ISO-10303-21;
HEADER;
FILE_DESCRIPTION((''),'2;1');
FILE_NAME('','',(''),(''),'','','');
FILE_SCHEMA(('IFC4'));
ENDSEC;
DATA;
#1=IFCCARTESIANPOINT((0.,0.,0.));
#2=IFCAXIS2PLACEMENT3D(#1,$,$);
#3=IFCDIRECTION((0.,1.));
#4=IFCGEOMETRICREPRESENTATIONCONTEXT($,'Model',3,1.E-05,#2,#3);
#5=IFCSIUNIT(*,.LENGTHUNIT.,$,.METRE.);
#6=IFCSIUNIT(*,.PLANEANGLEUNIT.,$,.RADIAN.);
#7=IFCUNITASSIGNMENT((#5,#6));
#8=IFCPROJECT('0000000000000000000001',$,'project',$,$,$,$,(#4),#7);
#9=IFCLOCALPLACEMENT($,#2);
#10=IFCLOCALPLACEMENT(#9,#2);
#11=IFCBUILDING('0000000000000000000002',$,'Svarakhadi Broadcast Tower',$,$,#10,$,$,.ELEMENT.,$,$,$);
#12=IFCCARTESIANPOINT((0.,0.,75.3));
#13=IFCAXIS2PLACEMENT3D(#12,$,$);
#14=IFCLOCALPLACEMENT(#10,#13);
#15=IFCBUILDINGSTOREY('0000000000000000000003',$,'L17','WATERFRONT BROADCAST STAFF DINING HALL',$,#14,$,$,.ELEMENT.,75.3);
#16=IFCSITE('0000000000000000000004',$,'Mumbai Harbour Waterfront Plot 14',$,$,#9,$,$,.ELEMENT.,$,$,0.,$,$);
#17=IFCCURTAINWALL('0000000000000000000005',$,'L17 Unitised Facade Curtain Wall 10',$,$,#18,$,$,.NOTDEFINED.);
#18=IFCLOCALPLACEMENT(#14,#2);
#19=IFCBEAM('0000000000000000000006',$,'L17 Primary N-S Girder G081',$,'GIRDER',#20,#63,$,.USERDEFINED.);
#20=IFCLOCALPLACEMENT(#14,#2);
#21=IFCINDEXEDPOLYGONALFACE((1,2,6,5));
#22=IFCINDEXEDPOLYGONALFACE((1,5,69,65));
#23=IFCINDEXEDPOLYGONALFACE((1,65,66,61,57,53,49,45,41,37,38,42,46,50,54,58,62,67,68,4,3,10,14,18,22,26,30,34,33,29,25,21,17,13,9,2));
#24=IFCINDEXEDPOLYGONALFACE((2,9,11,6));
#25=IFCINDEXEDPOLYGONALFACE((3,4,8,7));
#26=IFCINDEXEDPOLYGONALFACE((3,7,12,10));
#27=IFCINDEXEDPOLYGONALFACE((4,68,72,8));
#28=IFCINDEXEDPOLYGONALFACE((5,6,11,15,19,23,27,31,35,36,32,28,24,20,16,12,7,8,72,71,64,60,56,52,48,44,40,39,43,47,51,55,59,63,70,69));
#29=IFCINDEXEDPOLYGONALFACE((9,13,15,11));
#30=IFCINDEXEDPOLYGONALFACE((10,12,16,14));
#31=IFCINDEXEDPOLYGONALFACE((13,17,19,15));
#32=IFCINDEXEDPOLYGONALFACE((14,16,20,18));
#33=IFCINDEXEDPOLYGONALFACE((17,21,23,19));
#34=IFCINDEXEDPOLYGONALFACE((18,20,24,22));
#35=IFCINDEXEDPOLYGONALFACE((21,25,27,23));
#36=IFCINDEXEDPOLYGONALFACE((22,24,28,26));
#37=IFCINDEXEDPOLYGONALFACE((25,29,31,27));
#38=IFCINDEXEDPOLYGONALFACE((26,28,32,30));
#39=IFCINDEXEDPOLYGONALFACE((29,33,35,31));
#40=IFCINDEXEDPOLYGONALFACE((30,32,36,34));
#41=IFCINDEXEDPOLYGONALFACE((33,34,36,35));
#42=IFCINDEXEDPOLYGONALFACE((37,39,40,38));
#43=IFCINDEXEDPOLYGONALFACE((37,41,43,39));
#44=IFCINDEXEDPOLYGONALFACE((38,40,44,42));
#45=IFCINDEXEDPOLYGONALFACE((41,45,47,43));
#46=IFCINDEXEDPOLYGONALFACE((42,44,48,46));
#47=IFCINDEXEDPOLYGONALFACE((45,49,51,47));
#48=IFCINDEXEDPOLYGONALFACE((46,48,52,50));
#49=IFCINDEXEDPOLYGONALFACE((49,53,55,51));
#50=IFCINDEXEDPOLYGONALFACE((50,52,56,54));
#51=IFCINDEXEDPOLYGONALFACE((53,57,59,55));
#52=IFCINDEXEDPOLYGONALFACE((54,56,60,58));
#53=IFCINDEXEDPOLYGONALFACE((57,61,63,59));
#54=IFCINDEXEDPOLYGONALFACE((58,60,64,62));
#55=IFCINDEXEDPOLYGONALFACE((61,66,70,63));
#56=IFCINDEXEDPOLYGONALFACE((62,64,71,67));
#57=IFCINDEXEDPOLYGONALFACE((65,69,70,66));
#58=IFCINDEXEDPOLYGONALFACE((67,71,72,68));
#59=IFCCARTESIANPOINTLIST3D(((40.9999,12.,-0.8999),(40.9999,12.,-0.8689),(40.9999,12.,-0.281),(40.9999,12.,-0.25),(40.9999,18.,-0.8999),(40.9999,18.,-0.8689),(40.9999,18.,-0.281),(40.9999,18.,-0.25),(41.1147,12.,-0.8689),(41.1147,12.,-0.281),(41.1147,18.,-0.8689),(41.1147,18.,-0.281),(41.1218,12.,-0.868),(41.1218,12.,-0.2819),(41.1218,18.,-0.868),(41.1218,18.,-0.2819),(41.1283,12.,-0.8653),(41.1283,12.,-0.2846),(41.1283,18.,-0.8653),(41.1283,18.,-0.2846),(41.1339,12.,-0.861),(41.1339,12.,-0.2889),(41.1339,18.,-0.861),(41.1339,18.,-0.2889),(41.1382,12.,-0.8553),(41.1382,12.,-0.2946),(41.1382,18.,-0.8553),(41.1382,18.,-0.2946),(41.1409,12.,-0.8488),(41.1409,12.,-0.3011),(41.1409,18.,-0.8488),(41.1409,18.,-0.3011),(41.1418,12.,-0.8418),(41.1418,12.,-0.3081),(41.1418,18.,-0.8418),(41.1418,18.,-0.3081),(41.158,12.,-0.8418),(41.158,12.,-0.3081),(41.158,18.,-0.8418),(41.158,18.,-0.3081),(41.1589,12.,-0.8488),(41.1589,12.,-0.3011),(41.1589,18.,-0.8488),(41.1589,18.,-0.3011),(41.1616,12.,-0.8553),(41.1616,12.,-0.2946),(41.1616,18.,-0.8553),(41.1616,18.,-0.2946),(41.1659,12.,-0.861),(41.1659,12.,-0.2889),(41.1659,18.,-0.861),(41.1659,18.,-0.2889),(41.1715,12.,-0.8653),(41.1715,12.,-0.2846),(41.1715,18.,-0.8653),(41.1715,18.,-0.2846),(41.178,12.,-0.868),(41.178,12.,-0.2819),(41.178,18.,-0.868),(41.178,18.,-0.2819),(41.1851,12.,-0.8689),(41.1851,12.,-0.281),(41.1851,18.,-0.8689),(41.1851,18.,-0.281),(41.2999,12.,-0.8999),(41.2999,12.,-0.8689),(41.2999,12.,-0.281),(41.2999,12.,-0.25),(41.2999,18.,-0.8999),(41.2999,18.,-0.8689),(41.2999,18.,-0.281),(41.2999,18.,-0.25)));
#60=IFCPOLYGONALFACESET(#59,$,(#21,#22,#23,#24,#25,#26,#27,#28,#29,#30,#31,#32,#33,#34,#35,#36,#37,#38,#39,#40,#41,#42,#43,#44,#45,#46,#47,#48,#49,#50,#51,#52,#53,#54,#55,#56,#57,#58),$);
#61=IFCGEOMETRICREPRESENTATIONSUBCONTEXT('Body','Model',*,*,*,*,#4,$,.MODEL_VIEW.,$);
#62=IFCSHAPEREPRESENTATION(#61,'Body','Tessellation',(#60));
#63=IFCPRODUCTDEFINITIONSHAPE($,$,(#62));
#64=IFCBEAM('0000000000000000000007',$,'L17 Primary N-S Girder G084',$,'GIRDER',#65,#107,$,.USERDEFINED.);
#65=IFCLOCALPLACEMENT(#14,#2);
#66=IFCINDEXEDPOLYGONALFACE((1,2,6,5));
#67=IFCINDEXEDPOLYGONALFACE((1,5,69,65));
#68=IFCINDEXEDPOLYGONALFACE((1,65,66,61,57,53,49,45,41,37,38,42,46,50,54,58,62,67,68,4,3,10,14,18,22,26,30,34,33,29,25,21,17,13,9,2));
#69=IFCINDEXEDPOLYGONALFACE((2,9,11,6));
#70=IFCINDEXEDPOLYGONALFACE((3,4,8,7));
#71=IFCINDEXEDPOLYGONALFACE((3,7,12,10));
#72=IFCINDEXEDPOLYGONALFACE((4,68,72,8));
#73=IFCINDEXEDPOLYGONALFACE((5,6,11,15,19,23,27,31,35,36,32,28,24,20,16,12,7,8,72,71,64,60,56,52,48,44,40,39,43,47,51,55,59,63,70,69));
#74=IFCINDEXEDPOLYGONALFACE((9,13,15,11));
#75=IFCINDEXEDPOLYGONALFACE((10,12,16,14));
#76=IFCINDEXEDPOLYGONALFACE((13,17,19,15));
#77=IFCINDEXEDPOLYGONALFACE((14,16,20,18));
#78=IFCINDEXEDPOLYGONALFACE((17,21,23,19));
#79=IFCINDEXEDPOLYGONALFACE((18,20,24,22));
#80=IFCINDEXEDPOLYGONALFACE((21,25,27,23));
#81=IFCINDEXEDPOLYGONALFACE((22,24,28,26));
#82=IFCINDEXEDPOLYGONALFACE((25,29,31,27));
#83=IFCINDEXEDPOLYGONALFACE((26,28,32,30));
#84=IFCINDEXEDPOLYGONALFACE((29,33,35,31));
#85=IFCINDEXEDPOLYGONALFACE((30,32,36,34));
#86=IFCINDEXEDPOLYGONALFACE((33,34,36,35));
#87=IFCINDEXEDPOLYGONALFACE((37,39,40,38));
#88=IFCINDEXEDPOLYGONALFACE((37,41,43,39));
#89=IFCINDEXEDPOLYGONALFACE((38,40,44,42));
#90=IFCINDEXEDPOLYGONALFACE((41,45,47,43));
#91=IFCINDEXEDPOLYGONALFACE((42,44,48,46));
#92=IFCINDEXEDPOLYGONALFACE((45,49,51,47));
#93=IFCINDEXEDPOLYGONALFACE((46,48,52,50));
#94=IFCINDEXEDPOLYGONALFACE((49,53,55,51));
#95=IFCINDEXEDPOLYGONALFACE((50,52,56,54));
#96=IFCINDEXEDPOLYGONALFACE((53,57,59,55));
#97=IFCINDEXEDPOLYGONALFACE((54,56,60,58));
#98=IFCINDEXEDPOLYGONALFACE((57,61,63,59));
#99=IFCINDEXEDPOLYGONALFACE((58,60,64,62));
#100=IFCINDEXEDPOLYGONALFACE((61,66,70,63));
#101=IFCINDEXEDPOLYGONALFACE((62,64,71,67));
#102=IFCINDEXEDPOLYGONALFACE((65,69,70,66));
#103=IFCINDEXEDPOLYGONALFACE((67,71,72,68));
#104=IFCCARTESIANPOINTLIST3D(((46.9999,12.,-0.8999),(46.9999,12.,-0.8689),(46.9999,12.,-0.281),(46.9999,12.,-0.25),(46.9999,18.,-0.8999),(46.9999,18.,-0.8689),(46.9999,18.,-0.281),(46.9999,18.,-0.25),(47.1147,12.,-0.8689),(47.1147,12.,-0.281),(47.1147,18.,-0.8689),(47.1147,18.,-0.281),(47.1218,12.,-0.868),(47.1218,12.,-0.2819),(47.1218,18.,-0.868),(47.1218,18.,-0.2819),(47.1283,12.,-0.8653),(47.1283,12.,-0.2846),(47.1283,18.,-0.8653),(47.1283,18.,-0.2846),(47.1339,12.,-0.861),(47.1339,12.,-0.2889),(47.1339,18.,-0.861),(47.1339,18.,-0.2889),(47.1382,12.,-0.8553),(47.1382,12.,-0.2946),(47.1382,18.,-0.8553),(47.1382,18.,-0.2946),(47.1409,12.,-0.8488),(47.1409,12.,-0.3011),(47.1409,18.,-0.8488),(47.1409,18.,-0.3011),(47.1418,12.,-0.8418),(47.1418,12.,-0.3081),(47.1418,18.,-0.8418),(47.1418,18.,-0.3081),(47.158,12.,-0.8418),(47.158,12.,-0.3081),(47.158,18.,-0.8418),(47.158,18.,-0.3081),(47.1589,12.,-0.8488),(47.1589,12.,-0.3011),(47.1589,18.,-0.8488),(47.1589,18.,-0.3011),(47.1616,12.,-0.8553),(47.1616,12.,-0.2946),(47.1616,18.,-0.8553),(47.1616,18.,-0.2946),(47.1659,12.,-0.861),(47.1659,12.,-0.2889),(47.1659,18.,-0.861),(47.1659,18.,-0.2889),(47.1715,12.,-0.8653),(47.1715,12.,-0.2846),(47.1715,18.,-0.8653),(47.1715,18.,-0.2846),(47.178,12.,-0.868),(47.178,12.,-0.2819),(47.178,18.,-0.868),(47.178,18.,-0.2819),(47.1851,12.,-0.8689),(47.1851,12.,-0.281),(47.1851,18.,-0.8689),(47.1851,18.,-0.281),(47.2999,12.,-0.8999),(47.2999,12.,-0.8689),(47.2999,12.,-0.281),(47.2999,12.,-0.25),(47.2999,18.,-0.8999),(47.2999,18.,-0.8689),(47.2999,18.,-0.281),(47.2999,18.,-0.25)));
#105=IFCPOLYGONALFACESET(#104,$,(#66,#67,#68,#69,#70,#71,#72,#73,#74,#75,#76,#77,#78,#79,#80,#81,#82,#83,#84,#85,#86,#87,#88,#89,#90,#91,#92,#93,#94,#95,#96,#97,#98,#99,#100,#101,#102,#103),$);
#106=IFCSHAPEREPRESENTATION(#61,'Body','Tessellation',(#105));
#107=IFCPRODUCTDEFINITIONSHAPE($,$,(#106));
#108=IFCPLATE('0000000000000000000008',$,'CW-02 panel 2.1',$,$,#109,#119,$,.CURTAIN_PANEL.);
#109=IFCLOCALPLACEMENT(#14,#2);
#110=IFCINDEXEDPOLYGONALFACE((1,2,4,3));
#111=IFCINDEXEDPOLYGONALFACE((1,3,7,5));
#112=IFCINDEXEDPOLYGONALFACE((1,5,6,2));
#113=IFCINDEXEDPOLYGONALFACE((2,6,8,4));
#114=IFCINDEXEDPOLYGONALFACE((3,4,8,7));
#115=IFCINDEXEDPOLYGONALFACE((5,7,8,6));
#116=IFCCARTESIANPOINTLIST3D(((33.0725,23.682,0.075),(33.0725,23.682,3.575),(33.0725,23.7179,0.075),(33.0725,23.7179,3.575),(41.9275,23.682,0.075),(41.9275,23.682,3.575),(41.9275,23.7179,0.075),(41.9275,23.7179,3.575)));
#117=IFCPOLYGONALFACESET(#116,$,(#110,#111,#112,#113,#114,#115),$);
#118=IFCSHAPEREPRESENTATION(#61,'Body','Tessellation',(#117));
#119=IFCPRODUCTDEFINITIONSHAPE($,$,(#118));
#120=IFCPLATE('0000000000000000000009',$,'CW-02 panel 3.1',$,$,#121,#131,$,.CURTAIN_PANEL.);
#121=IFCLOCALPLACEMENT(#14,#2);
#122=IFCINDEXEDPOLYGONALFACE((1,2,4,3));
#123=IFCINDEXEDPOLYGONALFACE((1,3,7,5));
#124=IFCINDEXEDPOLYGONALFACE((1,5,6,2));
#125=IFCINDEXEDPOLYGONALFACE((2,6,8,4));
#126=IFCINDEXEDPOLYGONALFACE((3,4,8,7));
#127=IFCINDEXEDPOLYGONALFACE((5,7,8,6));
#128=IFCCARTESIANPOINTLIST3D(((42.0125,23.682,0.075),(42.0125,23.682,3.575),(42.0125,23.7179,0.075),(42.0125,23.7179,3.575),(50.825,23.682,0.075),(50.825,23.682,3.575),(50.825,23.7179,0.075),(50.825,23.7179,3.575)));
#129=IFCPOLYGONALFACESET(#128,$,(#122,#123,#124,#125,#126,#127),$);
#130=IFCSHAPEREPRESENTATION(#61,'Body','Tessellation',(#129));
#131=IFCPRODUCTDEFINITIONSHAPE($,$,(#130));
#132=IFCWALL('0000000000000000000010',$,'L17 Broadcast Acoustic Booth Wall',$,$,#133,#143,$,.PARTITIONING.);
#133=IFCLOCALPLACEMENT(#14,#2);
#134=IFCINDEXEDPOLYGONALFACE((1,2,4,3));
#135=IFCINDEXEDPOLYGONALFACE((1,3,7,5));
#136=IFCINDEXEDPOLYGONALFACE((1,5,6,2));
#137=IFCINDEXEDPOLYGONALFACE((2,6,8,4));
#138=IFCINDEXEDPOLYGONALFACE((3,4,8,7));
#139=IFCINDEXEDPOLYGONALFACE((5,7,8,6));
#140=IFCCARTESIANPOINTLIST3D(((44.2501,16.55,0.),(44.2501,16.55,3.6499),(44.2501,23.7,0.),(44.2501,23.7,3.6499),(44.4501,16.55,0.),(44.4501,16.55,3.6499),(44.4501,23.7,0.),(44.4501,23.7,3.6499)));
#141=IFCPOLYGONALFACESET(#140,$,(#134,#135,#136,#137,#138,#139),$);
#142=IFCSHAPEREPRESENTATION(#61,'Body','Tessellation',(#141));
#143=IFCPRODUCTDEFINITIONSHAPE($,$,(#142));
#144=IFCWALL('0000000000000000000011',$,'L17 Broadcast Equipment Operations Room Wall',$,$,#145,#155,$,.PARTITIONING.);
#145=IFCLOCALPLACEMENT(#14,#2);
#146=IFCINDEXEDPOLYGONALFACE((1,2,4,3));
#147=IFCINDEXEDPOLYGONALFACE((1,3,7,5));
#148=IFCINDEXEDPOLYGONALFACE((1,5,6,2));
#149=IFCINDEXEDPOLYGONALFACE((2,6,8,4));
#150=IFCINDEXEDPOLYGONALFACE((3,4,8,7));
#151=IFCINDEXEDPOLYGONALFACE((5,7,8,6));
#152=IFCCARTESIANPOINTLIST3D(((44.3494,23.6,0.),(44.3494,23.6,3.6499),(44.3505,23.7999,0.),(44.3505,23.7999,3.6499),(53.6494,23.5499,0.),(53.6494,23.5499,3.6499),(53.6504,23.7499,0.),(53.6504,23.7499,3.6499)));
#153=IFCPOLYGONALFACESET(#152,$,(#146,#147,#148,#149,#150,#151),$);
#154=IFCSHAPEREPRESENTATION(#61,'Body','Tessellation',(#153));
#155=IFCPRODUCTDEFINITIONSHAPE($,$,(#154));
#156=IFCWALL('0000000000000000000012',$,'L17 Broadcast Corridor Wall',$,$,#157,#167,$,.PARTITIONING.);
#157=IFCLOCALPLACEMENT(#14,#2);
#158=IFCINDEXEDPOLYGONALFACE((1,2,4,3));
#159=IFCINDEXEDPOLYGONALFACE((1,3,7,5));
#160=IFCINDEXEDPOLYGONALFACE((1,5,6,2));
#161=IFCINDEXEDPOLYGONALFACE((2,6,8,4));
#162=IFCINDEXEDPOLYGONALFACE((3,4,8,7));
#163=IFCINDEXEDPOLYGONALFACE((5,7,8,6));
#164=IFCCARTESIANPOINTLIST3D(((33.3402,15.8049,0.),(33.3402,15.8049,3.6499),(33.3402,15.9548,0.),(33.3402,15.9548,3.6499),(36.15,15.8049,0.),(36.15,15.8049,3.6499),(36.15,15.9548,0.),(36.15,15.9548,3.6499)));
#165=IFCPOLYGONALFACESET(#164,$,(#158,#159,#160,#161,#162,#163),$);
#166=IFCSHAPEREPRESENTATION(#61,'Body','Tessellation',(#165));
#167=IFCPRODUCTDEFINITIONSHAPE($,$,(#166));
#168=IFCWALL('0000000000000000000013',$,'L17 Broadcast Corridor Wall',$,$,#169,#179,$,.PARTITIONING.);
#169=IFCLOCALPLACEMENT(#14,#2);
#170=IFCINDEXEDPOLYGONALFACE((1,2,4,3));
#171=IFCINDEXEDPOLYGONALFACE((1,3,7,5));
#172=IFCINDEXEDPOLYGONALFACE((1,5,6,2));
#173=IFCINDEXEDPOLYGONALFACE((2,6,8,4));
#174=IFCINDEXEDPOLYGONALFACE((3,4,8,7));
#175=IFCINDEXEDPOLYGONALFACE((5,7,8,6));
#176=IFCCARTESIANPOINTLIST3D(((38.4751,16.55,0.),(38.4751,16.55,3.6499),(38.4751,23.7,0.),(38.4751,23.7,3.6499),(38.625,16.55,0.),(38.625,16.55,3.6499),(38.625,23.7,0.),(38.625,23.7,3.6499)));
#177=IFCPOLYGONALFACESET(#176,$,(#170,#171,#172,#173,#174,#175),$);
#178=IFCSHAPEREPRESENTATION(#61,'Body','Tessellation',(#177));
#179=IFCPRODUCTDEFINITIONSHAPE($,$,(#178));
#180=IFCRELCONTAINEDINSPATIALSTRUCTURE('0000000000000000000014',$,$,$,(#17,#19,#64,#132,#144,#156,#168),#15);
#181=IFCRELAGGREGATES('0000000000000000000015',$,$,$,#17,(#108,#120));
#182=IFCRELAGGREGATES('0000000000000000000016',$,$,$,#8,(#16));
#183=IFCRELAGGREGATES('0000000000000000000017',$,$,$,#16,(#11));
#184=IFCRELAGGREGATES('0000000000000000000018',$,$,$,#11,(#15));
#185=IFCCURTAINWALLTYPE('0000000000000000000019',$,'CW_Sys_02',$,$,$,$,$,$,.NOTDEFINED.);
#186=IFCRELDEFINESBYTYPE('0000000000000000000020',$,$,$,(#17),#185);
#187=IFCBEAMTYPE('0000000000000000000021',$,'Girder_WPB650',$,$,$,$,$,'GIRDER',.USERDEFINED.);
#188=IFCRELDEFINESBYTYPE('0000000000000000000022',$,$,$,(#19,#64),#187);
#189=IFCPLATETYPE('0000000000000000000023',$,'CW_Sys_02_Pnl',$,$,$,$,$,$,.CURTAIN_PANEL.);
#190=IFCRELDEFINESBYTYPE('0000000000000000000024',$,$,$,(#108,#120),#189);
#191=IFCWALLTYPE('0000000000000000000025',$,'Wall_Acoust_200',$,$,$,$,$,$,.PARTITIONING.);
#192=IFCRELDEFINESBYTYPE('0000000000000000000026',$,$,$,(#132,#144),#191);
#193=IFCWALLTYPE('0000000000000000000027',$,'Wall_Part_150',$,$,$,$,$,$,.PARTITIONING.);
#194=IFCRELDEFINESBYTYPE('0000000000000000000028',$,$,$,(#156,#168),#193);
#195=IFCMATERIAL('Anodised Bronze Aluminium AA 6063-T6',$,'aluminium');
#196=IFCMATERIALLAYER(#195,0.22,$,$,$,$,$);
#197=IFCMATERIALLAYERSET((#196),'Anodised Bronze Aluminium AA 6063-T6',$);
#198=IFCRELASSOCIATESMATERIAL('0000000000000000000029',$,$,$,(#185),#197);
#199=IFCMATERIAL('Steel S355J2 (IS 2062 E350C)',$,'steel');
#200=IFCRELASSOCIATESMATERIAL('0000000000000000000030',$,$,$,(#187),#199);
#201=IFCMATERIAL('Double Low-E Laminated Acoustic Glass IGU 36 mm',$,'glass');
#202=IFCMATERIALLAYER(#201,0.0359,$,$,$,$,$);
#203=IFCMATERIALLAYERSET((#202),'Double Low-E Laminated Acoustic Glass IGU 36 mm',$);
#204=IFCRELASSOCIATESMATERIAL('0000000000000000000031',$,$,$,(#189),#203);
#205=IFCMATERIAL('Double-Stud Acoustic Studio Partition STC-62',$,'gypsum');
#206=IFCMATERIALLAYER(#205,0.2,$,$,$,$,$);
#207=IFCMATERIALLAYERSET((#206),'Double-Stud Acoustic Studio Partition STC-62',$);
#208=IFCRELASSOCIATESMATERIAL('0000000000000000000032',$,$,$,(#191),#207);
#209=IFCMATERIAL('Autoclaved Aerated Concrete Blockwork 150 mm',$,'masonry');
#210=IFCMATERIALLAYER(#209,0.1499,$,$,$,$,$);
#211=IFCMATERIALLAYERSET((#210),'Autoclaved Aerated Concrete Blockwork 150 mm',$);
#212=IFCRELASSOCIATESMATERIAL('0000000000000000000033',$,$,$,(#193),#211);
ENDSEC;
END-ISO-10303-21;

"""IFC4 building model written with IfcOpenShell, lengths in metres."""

from ifc_helpers import new_model, si_unit, direction, frame, frame_2d, origin, origin_2d, place, context, subcontext, project, spatial, rectangle, i_section, extrude, material, layer, layer_set, material_profile, profile_set, type_object, element, aggregate, save


model = new_model("IFC4")

# Units and contexts
model_context = context("Model", 3, precision=1e-05, world=origin(), true_north=direction((0.0, 1.0)))
body_context = subcontext(model_context, "Body", "Model", "MODEL_VIEW")
ifc_project = project(units=[si_unit("LENGTHUNIT", "METRE"), si_unit("PLANEANGLEUNIT", "RADIAN")], contexts=[model_context])

# Site, building, storey
site_placement = place(None, origin())
site = spatial("IfcSite", under=ifc_project, at=site_placement, Name="Mumbai Harbour Waterfront Plot 14", CompositionType="ELEMENT", RefElevation=0.0)
building_placement = place(site_placement, origin())
building = spatial("IfcBuilding", under=site, at=building_placement, Name="Svarakhadi Broadcast Tower", CompositionType="ELEMENT")
storey_placement = place(building_placement, frame((0.0, 0.0, 75.3)))
storey = spatial("IfcBuildingStorey", under=building, at=storey_placement, Name="L17", Description="WATERFRONT BROADCAST STAFF DINING HALL", CompositionType="ELEMENT", Elevation=75.3)

# Shared definitions
ifc_material_1 = material(Name="Steel S355J2 (IS 2062 E350C)", Category="steel")

# Curtain wall
ifc_material_2 = material(Name="Anodised Bronze Aluminium AA 6063-T6", Category="aluminium")
ifc_layer_1 = layer(ifc_material_2, 0.22)
ifc_layer_set_1 = layer_set([ifc_layer_1], Name="Anodised Bronze Aluminium AA 6063-T6")
curtain_wall_type = type_object("IfcCurtainWallType", Name="CW_Sys_02", PredefinedType="NOTDEFINED", material=ifc_layer_set_1)
curtain_wall_1_placement = place(storey_placement, origin())
curtain_wall_1 = element("IfcCurtainWall", 1, at=curtain_wall_1_placement, inside=storey, type_object=curtain_wall_type, Name="L17 Unitised Facade Curtain Wall 10", PredefinedType="NOTDEFINED")

# Beams
ifc_material_profile_1 = material_profile(ifc_material_1, i_section(OverallWidth=0.3, OverallDepth=0.6499, WebThickness=0.0161, FlangeThickness=0.031, FilletRadius=0.0271, at=origin_2d()), Name="WPB 650x300x225")
ifc_profile_set_1 = profile_set([ifc_material_profile_1], Name="Steel S355J2 (IS 2062 E350C)")
beam_type_1 = type_object("IfcBeamType", Name="Girder_WPB650", ElementType="GIRDER", PredefinedType="USERDEFINED", material=ifc_profile_set_1)
for number, where, z_axis, x_axis, name in (
    (2, (41.1499, 12.0, -0.575), (0.0, 1.0, 0.0), (-1.0, 0.0, 0.0), "L17 Primary N-S Girder G081"),
    (3, (47.1499, 12.0, -0.575), (0.0, 1.0, 0.0), (-1.0, 0.0, 0.0), "L17 Primary N-S Girder G084"),
):
    element("IfcBeam", number, at=place(storey_placement, frame(where, z_axis=z_axis, x_axis=x_axis)), inside=storey, type_object=beam_type_1, Name=name, ObjectType="GIRDER", PredefinedType="USERDEFINED", context=body_context, shape_type="SweptSolid", body=[
        extrude(i_section(OverallWidth=0.3, OverallDepth=0.6499, WebThickness=0.0161, FlangeThickness=0.031, FilletRadius=0.0271, at=origin_2d()), origin(), (0.0, 0.0, 1.0), 6.0),
    ])

# Plates
ifc_material_3 = material(Name="Double Low-E Laminated Acoustic Glass IGU 36 mm", Category="glass")
ifc_layer_2 = layer(ifc_material_3, 0.0359)
ifc_layer_set_2 = layer_set([ifc_layer_2], Name="Double Low-E Laminated Acoustic Glass IGU 36 mm")
plate_type = type_object("IfcPlateType", Name="CW_Sys_02_Pnl", PredefinedType="CURTAIN_PANEL", material=ifc_layer_set_2)
plate_1_placement = place(storey_placement, frame((37.5, 23.7, 0.075), z_axis=(0.0, 0.0, 1.0), x_axis=(1.0, 0.0, 0.0)))
plate_1 = element("IfcPlate", 4, at=plate_1_placement, type_object=plate_type, Name="CW-02 panel 2.1", PredefinedType="CURTAIN_PANEL", context=body_context, shape_type="SweptSolid", body=[
    extrude(rectangle(XDim=8.855, YDim=0.0359, at=origin_2d()), origin(), (0.0, 0.0, 1.0), 3.5),
])
plate_2_placement = place(storey_placement, frame((46.4187, 23.7, 0.075), z_axis=(0.0, 0.0, 1.0), x_axis=(1.0, 0.0, 0.0)))
plate_2 = element("IfcPlate", 5, at=plate_2_placement, type_object=plate_type, Name="CW-02 panel 3.1", PredefinedType="CURTAIN_PANEL", context=body_context, shape_type="SweptSolid", body=[
    extrude(rectangle(XDim=8.8125, YDim=0.0359, at=origin_2d()), origin(), (0.0, 0.0, 1.0), 3.5),
])
aggregate(curtain_wall_1, [plate_1, plate_2])

# Walls
ifc_material_4 = material(Name="Double-Stud Acoustic Studio Partition STC-62", Category="gypsum")
ifc_layer_3 = layer(ifc_material_4, 0.2)
ifc_layer_set_3 = layer_set([ifc_layer_3], Name="Double-Stud Acoustic Studio Partition STC-62")
wall_type_1 = type_object("IfcWallType", Name="Wall_Acoust_200", PredefinedType="PARTITIONING", material=ifc_layer_set_3)
wall_1_placement = place(storey_placement, frame((44.3501, 16.55, 0.0), z_axis=(0.0, 0.0, 1.0), x_axis=(0.0, 1.0, 0.0)))
element("IfcWall", 6, at=wall_1_placement, inside=storey, type_object=wall_type_1, Name="L17 Broadcast Acoustic Booth Wall", PredefinedType="PARTITIONING", context=body_context, shape_type="SweptSolid", body=[
    extrude(rectangle(XDim=7.1499, YDim=0.2, at=frame_2d((3.575, 0.0))), origin(), (0.0, 0.0, 1.0), 3.6499),
])
wall_2_placement = place(storey_placement, frame((44.3501, 23.7, 0.0), z_axis=(0.0, 0.0, 1.0), x_axis=(0.999986, -0.005382, 0.0)))
element("IfcWall", 7, at=wall_2_placement, inside=storey, type_object=wall_type_1, Name="L17 Broadcast Equipment Operations Room Wall", PredefinedType="PARTITIONING", context=body_context, shape_type="SweptSolid", body=[
    extrude(rectangle(XDim=9.3, YDim=0.2, at=frame_2d((4.6499, 0.0))), origin(), (0.0, 0.0, 1.0), 3.6499),
])
ifc_material_5 = material(Name="Autoclaved Aerated Concrete Blockwork 150 mm", Category="masonry")
ifc_layer_4 = layer(ifc_material_5, 0.1499)
ifc_layer_set_4 = layer_set([ifc_layer_4], Name="Autoclaved Aerated Concrete Blockwork 150 mm")
wall_type_2 = type_object("IfcWallType", Name="Wall_Part_150", PredefinedType="PARTITIONING", material=ifc_layer_set_4)
wall_3_placement = place(storey_placement, frame((36.1499, 15.8799, 0.0), z_axis=(0.0, 0.0, 1.0), x_axis=(-1.0, 0.0, 0.0)))
element("IfcWall", 8, at=wall_3_placement, inside=storey, type_object=wall_type_2, Name="L17 Broadcast Corridor Wall", PredefinedType="PARTITIONING", context=body_context, shape_type="SweptSolid", body=[
    extrude(rectangle(XDim=2.8098, YDim=0.1499, at=frame_2d((1.4048, 0.0))), origin(), (0.0, 0.0, 1.0), 3.6499),
])
wall_4_placement = place(storey_placement, frame((38.55, 23.7, 0.0), z_axis=(0.0, 0.0, 1.0), x_axis=(0.0, -1.0, 0.0)))
element("IfcWall", 9, at=wall_4_placement, inside=storey, type_object=wall_type_2, Name="L17 Broadcast Corridor Wall", PredefinedType="PARTITIONING", context=body_context, shape_type="SweptSolid", body=[
    extrude(rectangle(XDim=7.1499, YDim=0.1499, at=frame_2d((3.575, 0.0))), origin(), (0.0, 0.0, 1.0), 3.6499),
])

save(model, "model.ifc")
